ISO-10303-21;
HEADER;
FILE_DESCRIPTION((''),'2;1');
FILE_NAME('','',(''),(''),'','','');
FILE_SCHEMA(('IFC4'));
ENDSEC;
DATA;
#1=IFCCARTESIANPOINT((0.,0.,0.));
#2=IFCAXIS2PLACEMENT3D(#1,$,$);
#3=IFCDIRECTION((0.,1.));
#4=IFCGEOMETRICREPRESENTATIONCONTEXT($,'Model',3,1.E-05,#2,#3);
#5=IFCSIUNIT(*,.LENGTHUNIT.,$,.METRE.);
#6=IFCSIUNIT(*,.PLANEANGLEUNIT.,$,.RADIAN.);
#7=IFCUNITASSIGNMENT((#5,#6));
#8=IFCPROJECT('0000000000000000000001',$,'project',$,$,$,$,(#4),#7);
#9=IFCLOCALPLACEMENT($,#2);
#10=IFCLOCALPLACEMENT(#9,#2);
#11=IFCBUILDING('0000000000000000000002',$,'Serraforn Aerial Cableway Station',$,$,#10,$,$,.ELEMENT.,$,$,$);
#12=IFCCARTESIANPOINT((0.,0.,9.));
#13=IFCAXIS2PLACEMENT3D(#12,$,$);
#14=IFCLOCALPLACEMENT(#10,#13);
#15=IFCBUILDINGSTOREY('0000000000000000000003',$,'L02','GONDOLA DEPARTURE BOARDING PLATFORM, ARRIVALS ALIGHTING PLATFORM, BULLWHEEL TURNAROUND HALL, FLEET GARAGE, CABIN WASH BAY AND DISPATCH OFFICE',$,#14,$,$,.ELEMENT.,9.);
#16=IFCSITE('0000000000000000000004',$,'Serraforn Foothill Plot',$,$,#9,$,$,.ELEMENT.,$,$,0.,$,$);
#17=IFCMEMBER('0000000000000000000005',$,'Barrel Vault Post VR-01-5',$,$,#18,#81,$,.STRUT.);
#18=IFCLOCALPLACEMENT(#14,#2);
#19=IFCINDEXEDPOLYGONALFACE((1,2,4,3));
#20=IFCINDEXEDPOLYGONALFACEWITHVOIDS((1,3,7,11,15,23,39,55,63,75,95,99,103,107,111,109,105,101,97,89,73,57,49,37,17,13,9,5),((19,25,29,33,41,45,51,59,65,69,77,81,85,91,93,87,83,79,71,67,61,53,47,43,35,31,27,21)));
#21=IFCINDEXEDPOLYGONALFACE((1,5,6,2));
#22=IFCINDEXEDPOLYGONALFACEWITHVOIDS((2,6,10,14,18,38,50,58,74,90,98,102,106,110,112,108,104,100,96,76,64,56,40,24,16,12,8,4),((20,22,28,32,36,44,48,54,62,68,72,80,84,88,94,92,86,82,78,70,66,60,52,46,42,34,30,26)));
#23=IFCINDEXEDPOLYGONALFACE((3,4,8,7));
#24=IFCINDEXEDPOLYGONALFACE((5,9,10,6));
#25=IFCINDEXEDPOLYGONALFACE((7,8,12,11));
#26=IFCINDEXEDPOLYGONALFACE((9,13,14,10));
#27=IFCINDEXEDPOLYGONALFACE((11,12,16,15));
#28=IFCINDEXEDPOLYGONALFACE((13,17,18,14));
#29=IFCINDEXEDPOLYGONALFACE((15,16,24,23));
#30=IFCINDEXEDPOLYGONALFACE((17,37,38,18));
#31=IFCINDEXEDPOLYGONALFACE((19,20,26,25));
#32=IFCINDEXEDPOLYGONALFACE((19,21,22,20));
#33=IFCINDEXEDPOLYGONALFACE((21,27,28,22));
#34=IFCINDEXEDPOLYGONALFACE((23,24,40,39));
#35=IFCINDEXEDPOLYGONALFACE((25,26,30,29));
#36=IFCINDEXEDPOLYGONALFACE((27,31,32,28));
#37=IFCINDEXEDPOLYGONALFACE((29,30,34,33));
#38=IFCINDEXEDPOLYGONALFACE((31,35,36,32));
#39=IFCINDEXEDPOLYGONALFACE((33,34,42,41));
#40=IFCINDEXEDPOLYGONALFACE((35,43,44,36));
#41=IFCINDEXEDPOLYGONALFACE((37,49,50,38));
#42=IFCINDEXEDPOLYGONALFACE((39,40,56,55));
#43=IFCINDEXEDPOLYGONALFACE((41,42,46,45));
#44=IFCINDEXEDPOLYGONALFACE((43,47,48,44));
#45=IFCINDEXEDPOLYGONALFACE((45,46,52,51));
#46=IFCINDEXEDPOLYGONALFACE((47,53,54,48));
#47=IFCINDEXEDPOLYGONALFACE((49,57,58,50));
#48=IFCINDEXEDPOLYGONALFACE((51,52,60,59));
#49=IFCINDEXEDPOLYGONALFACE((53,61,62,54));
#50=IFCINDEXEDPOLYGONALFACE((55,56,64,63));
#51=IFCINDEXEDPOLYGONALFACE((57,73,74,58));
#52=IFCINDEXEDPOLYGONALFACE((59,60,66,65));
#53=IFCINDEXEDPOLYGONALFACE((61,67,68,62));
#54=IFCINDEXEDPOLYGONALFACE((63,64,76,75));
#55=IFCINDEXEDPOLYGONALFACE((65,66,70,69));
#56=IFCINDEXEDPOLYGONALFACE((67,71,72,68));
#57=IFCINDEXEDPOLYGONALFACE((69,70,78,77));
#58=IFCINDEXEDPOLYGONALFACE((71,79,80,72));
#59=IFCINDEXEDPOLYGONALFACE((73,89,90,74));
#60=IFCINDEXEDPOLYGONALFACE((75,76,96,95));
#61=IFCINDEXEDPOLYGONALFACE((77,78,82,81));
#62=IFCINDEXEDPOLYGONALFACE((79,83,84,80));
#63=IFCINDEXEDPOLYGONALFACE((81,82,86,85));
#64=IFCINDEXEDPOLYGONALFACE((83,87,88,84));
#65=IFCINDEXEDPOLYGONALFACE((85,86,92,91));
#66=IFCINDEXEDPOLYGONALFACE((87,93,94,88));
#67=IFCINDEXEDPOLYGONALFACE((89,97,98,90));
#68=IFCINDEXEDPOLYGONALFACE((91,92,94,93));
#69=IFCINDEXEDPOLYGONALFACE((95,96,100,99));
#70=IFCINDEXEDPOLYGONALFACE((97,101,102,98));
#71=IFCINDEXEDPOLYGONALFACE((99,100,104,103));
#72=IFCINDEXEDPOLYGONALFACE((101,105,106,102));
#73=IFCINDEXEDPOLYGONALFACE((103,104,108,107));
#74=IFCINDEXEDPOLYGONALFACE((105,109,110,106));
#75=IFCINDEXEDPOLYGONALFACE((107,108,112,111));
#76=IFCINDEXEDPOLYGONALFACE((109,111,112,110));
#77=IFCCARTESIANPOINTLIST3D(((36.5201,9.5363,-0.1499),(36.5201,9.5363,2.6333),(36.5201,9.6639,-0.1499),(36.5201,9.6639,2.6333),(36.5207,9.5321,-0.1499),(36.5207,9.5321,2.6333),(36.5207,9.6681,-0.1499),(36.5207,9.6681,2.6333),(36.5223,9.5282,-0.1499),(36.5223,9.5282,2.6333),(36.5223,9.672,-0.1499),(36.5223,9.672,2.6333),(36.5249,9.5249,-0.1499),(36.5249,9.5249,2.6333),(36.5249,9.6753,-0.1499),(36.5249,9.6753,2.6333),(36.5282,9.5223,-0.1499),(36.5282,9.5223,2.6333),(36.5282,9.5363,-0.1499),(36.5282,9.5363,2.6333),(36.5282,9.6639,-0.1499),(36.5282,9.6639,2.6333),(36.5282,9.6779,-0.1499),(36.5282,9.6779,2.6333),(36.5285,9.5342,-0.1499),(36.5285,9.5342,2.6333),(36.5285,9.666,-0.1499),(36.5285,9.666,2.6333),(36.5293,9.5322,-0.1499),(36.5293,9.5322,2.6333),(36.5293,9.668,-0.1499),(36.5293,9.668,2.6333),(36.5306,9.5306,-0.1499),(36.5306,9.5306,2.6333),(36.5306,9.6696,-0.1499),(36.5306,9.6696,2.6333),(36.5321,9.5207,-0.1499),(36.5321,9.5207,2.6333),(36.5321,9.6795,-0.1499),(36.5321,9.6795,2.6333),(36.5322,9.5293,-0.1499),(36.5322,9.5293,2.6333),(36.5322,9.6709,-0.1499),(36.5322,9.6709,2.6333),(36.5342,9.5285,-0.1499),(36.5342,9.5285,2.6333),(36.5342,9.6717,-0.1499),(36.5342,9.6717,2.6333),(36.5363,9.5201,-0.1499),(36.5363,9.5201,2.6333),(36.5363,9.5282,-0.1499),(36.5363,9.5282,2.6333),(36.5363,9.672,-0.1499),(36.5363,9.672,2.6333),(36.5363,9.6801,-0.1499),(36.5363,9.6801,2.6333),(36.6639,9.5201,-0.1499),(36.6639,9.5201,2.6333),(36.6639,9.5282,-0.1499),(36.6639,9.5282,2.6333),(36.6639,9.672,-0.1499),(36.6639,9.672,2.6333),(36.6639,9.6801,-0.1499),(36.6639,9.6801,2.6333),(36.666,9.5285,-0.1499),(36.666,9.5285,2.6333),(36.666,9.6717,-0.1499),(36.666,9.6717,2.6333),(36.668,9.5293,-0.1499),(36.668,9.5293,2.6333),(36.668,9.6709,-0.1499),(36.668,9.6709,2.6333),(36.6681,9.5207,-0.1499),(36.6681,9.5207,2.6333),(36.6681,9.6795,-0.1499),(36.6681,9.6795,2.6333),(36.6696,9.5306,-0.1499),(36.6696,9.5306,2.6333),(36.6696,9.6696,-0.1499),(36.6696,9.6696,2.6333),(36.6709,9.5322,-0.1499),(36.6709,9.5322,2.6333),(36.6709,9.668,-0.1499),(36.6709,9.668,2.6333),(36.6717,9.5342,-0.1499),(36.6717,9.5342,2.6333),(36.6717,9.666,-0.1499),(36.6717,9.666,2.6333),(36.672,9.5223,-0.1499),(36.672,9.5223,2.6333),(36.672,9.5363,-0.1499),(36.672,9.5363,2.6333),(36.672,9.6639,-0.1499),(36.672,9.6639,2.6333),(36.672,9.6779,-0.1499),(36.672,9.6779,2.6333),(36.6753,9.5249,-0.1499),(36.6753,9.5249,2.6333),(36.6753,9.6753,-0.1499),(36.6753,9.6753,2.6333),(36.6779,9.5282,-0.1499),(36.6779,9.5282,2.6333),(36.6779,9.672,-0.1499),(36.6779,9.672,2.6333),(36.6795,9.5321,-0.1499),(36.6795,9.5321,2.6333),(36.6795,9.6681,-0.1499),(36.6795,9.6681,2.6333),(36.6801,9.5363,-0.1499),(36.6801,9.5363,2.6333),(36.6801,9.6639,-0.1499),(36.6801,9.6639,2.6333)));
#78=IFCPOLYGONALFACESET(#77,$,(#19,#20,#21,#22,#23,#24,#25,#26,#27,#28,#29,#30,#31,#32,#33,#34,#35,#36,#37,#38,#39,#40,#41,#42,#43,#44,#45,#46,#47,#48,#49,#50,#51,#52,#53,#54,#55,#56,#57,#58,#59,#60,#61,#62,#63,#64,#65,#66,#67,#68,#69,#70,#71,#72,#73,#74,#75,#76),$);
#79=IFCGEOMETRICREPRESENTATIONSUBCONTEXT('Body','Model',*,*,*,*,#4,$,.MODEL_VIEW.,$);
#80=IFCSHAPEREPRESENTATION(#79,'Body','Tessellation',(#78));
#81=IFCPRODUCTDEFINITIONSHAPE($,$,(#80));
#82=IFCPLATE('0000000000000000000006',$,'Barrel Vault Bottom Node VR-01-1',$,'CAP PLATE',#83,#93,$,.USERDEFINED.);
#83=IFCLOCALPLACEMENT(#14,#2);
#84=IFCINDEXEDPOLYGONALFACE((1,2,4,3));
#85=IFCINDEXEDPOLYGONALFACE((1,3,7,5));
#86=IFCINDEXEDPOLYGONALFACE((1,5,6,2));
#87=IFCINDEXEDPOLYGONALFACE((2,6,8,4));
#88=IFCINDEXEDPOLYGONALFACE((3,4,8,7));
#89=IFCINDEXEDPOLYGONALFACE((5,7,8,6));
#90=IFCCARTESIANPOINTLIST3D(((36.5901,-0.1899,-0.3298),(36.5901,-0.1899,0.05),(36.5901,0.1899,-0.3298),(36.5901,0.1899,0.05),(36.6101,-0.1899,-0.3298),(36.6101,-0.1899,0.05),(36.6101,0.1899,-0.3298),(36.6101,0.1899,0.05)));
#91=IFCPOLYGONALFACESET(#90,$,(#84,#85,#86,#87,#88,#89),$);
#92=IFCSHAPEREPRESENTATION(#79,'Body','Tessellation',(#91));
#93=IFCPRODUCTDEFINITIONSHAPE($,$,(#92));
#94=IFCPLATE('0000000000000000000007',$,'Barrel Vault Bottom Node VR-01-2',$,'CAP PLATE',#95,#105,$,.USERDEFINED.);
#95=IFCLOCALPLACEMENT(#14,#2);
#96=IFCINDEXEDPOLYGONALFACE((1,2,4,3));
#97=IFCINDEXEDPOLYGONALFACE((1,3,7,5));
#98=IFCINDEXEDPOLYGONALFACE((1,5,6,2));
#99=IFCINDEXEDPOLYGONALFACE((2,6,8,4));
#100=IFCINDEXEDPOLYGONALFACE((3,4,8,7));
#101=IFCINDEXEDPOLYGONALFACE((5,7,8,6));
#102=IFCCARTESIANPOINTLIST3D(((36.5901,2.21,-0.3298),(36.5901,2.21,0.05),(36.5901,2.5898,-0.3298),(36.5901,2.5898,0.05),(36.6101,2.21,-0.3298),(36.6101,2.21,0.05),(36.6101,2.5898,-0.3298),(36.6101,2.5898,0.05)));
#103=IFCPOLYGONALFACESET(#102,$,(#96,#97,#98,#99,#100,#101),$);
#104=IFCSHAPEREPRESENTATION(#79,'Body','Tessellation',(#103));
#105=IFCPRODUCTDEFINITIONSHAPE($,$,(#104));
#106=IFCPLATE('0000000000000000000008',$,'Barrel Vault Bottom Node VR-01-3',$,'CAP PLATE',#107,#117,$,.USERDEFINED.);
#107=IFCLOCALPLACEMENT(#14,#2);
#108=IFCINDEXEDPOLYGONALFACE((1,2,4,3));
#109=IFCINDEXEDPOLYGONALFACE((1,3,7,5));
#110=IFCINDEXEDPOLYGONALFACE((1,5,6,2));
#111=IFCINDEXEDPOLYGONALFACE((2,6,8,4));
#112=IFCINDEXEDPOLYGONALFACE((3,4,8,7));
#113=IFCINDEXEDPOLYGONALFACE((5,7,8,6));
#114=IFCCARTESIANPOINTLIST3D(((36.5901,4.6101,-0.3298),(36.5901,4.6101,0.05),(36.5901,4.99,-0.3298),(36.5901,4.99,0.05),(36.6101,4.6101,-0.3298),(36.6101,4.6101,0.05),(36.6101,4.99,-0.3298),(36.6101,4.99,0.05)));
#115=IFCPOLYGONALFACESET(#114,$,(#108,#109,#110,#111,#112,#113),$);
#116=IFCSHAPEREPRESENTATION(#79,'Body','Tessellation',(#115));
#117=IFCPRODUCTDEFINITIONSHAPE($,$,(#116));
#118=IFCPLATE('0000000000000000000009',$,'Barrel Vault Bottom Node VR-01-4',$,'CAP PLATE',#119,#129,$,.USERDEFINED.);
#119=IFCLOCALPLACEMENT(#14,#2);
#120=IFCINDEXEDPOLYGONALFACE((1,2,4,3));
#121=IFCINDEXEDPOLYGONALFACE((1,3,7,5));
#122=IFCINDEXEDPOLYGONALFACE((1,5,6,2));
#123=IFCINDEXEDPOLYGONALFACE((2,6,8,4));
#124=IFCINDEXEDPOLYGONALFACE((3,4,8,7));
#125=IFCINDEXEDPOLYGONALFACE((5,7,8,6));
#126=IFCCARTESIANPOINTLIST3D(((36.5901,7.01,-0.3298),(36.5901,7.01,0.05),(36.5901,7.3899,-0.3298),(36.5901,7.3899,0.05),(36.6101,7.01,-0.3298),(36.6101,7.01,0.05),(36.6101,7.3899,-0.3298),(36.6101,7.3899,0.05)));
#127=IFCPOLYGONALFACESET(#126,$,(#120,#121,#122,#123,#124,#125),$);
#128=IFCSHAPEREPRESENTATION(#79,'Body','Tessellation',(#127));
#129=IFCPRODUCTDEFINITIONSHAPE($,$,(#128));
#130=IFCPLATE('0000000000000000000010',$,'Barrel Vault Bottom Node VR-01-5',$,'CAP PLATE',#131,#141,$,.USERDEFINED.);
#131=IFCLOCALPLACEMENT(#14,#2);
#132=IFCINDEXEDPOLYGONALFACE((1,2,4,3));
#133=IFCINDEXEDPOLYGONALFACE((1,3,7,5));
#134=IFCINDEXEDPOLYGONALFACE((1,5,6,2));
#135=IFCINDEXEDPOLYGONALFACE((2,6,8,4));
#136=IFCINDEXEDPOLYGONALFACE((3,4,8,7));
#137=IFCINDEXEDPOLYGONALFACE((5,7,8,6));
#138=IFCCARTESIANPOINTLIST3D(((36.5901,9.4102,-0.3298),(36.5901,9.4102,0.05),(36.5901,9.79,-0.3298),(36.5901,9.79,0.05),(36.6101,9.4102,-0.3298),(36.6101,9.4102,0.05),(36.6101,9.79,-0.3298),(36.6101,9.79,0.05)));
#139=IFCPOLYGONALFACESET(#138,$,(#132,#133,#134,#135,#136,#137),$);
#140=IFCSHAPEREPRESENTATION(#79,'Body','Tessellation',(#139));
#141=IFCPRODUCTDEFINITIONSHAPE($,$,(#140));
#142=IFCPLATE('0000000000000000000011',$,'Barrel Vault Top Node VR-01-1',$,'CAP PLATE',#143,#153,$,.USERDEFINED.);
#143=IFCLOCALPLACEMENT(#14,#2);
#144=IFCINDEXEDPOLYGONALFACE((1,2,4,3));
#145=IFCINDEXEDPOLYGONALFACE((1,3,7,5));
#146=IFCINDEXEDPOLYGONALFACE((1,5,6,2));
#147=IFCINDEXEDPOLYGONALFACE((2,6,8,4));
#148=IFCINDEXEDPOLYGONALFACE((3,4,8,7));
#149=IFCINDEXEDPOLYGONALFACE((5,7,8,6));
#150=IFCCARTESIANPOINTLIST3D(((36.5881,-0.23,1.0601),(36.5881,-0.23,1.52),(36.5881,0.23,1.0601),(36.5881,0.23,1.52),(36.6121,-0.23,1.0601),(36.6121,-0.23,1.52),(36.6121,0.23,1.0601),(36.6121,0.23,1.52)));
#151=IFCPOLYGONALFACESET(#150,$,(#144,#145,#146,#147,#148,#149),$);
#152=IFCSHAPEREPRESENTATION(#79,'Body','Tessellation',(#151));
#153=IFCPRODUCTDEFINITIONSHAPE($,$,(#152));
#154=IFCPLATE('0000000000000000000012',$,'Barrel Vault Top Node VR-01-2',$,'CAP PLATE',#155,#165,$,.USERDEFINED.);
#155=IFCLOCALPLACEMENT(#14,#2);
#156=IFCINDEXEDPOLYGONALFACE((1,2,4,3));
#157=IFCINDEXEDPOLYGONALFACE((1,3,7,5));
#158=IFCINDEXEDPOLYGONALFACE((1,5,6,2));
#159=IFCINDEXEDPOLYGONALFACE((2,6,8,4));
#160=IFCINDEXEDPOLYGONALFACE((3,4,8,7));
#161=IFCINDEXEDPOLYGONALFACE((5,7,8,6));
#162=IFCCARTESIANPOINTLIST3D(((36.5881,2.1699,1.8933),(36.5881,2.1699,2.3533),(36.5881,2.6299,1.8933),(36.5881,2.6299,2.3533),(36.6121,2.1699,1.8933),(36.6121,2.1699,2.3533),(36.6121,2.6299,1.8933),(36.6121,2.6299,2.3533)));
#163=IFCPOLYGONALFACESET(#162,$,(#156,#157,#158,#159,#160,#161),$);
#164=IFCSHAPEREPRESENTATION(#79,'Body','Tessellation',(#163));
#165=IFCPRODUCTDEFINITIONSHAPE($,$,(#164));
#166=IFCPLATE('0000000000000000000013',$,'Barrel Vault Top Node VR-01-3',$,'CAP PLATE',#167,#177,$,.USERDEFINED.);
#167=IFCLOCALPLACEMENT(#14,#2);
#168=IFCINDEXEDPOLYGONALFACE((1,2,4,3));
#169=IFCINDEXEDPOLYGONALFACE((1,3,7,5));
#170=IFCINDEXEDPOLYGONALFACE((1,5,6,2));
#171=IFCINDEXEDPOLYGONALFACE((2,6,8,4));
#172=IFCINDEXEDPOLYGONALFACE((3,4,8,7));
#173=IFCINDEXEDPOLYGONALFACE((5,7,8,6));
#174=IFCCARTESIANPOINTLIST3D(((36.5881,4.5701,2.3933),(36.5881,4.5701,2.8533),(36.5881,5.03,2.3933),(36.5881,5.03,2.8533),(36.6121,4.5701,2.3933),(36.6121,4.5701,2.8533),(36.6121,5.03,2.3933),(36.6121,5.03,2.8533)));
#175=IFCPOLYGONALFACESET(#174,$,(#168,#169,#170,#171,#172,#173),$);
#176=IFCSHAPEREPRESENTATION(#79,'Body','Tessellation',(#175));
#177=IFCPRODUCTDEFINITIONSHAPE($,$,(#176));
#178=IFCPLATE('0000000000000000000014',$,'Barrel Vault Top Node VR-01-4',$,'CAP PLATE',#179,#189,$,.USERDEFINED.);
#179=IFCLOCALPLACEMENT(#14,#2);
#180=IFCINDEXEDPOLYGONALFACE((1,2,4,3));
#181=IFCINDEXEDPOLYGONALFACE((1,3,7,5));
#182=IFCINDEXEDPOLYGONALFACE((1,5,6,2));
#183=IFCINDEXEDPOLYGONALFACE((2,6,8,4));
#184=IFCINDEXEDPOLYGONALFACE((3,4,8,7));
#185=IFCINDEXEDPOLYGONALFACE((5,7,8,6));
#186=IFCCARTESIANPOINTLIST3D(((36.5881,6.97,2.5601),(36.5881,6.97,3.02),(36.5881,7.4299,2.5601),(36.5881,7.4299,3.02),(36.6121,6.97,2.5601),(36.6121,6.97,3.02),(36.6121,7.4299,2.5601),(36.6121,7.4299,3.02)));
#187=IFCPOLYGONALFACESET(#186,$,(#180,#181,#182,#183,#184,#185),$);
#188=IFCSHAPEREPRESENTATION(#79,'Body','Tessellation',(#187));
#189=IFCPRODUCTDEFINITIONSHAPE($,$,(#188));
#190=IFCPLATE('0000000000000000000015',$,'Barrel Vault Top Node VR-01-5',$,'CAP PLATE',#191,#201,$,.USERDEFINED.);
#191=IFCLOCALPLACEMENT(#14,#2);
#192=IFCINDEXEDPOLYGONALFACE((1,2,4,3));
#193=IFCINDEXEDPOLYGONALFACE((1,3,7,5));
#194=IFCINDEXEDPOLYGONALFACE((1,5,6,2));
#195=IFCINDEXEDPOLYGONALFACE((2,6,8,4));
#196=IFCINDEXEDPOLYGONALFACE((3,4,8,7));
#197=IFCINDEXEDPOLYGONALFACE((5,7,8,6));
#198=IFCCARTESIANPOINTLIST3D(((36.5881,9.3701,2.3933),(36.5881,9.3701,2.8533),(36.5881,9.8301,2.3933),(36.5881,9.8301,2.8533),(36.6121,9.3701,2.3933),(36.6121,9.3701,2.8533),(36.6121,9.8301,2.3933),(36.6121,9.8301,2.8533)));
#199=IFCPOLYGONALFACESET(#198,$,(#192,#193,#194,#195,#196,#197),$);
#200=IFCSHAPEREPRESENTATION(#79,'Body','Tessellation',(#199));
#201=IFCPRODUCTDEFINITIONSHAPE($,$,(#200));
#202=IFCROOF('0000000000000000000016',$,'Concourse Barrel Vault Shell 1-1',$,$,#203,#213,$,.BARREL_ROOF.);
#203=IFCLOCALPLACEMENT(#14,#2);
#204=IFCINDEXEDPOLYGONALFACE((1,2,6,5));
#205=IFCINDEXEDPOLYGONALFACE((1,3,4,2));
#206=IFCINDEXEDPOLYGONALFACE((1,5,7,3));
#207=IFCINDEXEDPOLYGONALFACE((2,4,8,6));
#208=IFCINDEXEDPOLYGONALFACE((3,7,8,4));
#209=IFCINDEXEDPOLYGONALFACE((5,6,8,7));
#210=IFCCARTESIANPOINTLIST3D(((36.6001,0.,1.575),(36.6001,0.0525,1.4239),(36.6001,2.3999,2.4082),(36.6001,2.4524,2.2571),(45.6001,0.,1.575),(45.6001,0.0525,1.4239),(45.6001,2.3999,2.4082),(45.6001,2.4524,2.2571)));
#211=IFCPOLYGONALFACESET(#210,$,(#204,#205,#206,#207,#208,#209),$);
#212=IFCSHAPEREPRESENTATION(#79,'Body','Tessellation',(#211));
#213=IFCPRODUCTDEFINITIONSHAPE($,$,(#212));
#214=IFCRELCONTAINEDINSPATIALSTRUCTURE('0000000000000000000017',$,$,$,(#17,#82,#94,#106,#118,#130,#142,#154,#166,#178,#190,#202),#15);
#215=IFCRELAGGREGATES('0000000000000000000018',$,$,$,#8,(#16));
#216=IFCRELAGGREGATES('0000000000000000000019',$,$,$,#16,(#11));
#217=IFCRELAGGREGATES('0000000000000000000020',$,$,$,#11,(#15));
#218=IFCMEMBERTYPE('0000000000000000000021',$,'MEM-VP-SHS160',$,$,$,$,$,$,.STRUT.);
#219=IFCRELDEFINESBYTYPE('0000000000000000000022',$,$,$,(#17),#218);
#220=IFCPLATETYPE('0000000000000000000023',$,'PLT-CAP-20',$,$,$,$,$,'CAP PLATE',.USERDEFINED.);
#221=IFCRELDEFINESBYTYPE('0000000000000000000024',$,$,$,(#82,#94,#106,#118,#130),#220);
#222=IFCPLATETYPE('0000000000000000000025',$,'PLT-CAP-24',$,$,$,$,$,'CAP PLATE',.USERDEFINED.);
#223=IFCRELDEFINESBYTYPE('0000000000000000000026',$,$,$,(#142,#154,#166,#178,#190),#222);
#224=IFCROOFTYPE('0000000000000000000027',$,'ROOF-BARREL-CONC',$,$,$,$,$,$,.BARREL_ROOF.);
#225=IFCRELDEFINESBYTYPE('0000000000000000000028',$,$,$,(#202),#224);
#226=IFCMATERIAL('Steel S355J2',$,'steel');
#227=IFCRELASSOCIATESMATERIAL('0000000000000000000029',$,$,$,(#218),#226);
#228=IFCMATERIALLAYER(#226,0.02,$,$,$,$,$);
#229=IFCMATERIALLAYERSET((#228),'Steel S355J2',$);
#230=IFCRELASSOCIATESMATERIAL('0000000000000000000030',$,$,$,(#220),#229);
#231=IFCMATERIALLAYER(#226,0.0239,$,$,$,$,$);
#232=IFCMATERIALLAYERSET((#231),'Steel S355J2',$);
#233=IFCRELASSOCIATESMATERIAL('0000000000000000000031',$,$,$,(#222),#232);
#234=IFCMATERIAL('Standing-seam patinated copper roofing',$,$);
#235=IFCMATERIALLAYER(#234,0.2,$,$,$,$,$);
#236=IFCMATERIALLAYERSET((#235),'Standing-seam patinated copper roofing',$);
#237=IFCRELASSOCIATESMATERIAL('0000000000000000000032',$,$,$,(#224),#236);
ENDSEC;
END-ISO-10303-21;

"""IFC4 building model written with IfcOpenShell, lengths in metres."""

from ifc_helpers import new_model, si_unit, direction, frame, origin, origin_2d, place, context, subcontext, project, spatial, polyline, rectangle, hollow_rectangle, outline, extrude, material, layer, layer_set, material_profile, profile_set, type_object, element, save


model = new_model("IFC4")

# Units and contexts
model_context = context("Model", 3, precision=1e-05, world=origin(), true_north=direction((0.0, 1.0)))
body_context = subcontext(model_context, "Body", "Model", "MODEL_VIEW")
ifc_project = project(units=[si_unit("LENGTHUNIT", "METRE"), si_unit("PLANEANGLEUNIT", "RADIAN")], contexts=[model_context])

# Site, building, storey
site_placement = place(None, origin())
site = spatial("IfcSite", under=ifc_project, at=site_placement, Name="Serraforn Foothill Plot", CompositionType="ELEMENT", RefElevation=0.0)
building_placement = place(site_placement, origin())
building = spatial("IfcBuilding", under=site, at=building_placement, Name="Serraforn Aerial Cableway Station", CompositionType="ELEMENT")
storey_placement = place(building_placement, frame((0.0, 0.0, 9.0)))
storey = spatial("IfcBuildingStorey", under=building, at=storey_placement, Name="L02", Description="GONDOLA DEPARTURE BOARDING PLATFORM, ARRIVALS ALIGHTING PLATFORM, BULLWHEEL TURNAROUND HALL, FLEET GARAGE, CABIN WASH BAY AND DISPATCH OFFICE", CompositionType="ELEMENT", Elevation=9.0)

# Member
ifc_material_1 = material(Name="Steel S355J2", Category="steel")
ifc_material_profile_1 = material_profile(ifc_material_1, hollow_rectangle(XDim=0.1599, YDim=0.1599, WallThickness=0.0081, InnerFilletRadius=0.0081, OuterFilletRadius=0.0161, at=origin_2d()), Name="SHS 160x160x8.0")
ifc_profile_set_1 = profile_set([ifc_material_profile_1], Name="Steel S355J2")
member_type_1 = type_object("IfcMemberType", Name="MEM-VP-SHS160", PredefinedType="STRUT", material=ifc_profile_set_1)
member_1_placement = place(storey_placement, frame((36.6001, 9.6001, -0.1499), z_axis=(0.0, 0.0, 1.0), x_axis=(1.0, 0.0, 0.0)))
element("IfcMember", 1, at=member_1_placement, inside=storey, type_object=member_type_1, Name="Barrel Vault Post VR-01-5", PredefinedType="STRUT", context=body_context, shape_type="SweptSolid", body=[
    extrude(hollow_rectangle(XDim=0.1599, YDim=0.1599, WallThickness=0.0081, InnerFilletRadius=0.0081, OuterFilletRadius=0.0161, at=origin_2d()), origin(), (0.0, 0.0, 1.0), 2.7832),
])

# Plates
ifc_layer_1 = layer(ifc_material_1, 0.02)
ifc_layer_set_1 = layer_set([ifc_layer_1], Name="Steel S355J2")
plate_type_1 = type_object("IfcPlateType", Name="PLT-CAP-20", ElementType="CAP PLATE", PredefinedType="USERDEFINED", material=ifc_layer_set_1)
for number, where, z_axis, x_axis, name in (
    (2, (36.6001, 0.0, -0.3298), (0.0, 0.0, 1.0), (1.0, 0.0, 0.0), "Barrel Vault Bottom Node VR-01-1"),
    (3, (36.6001, 2.3999, -0.3298), (0.0, 0.0, 1.0), (1.0, 0.0, 0.0), "Barrel Vault Bottom Node VR-01-2"),
    (4, (36.6001, 4.8, -0.3298), (0.0, 0.0, 1.0), (1.0, 0.0, 0.0), "Barrel Vault Bottom Node VR-01-3"),
    (5, (36.6001, 7.2, -0.3298), (0.0, 0.0, 1.0), (1.0, 0.0, 0.0), "Barrel Vault Bottom Node VR-01-4"),
    (6, (36.6001, 9.6001, -0.3298), (0.0, 0.0, 1.0), (1.0, 0.0, 0.0), "Barrel Vault Bottom Node VR-01-5"),
):
    element("IfcPlate", number, at=place(storey_placement, frame(where, z_axis=z_axis, x_axis=x_axis)), inside=storey, type_object=plate_type_1, Name=name, ObjectType="CAP PLATE", PredefinedType="USERDEFINED", context=body_context, shape_type="SweptSolid", body=[
        extrude(rectangle(XDim=0.02, YDim=0.3799, at=origin_2d()), origin(), (0.0, 0.0, 1.0), 0.3799),
    ])
ifc_layer_2 = layer(ifc_material_1, 0.0239)
ifc_layer_set_2 = layer_set([ifc_layer_2], Name="Steel S355J2")
plate_type_2 = type_object("IfcPlateType", Name="PLT-CAP-24", ElementType="CAP PLATE", PredefinedType="USERDEFINED", material=ifc_layer_set_2)
for number, where, z_axis, x_axis, name in (
    (7, (36.6001, 0.0, 1.0601), (0.0, 0.0, 1.0), (1.0, 0.0, 0.0), "Barrel Vault Top Node VR-01-1"),
    (8, (36.6001, 2.3999, 1.8933), (0.0, 0.0, 1.0), (1.0, 0.0, 0.0), "Barrel Vault Top Node VR-01-2"),
    (9, (36.6001, 4.8, 2.3933), (0.0, 0.0, 1.0), (1.0, 0.0, 0.0), "Barrel Vault Top Node VR-01-3"),
    (10, (36.6001, 7.2, 2.5601), (0.0, 0.0, 1.0), (1.0, 0.0, 0.0), "Barrel Vault Top Node VR-01-4"),
    (11, (36.6001, 9.6001, 2.3933), (0.0, 0.0, 1.0), (1.0, 0.0, 0.0), "Barrel Vault Top Node VR-01-5"),
):
    element("IfcPlate", number, at=place(storey_placement, frame(where, z_axis=z_axis, x_axis=x_axis)), inside=storey, type_object=plate_type_2, Name=name, ObjectType="CAP PLATE", PredefinedType="USERDEFINED", context=body_context, shape_type="SweptSolid", body=[
        extrude(rectangle(XDim=0.0239, YDim=0.46, at=origin_2d()), origin(), (0.0, 0.0, 1.0), 0.46),
    ])

# Roof
ifc_material_2 = material(Name="Standing-seam patinated copper roofing")
ifc_layer_3 = layer(ifc_material_2, 0.2)
ifc_layer_set_3 = layer_set([ifc_layer_3], Name="Standing-seam patinated copper roofing")
roof_type = type_object("IfcRoofType", Name="ROOF-BARREL-CONC", PredefinedType="BARREL_ROOF", material=ifc_layer_set_3)
roof_1_placement = place(storey_placement, frame((36.6001, 0.0, 1.575), z_axis=(0.0, -0.327995, 0.944679), x_axis=(1.0, 0.0, 0.0)))
element("IfcRoof", 12, at=roof_1_placement, inside=storey, type_object=roof_type, Name="Concourse Barrel Vault Shell 1-1", PredefinedType="BARREL_ROOF", context=body_context, shape_type="SweptSolid", body=[
    extrude(outline(polyline([(0.0, 0.0), (9.0, 0.0), (9.0, 2.5404), (0.0, 2.5404), (0.0, 0.0)])), origin(), (0.0, 0.0, -1.0), 0.1599),
])

save(model, "model.ifc")
